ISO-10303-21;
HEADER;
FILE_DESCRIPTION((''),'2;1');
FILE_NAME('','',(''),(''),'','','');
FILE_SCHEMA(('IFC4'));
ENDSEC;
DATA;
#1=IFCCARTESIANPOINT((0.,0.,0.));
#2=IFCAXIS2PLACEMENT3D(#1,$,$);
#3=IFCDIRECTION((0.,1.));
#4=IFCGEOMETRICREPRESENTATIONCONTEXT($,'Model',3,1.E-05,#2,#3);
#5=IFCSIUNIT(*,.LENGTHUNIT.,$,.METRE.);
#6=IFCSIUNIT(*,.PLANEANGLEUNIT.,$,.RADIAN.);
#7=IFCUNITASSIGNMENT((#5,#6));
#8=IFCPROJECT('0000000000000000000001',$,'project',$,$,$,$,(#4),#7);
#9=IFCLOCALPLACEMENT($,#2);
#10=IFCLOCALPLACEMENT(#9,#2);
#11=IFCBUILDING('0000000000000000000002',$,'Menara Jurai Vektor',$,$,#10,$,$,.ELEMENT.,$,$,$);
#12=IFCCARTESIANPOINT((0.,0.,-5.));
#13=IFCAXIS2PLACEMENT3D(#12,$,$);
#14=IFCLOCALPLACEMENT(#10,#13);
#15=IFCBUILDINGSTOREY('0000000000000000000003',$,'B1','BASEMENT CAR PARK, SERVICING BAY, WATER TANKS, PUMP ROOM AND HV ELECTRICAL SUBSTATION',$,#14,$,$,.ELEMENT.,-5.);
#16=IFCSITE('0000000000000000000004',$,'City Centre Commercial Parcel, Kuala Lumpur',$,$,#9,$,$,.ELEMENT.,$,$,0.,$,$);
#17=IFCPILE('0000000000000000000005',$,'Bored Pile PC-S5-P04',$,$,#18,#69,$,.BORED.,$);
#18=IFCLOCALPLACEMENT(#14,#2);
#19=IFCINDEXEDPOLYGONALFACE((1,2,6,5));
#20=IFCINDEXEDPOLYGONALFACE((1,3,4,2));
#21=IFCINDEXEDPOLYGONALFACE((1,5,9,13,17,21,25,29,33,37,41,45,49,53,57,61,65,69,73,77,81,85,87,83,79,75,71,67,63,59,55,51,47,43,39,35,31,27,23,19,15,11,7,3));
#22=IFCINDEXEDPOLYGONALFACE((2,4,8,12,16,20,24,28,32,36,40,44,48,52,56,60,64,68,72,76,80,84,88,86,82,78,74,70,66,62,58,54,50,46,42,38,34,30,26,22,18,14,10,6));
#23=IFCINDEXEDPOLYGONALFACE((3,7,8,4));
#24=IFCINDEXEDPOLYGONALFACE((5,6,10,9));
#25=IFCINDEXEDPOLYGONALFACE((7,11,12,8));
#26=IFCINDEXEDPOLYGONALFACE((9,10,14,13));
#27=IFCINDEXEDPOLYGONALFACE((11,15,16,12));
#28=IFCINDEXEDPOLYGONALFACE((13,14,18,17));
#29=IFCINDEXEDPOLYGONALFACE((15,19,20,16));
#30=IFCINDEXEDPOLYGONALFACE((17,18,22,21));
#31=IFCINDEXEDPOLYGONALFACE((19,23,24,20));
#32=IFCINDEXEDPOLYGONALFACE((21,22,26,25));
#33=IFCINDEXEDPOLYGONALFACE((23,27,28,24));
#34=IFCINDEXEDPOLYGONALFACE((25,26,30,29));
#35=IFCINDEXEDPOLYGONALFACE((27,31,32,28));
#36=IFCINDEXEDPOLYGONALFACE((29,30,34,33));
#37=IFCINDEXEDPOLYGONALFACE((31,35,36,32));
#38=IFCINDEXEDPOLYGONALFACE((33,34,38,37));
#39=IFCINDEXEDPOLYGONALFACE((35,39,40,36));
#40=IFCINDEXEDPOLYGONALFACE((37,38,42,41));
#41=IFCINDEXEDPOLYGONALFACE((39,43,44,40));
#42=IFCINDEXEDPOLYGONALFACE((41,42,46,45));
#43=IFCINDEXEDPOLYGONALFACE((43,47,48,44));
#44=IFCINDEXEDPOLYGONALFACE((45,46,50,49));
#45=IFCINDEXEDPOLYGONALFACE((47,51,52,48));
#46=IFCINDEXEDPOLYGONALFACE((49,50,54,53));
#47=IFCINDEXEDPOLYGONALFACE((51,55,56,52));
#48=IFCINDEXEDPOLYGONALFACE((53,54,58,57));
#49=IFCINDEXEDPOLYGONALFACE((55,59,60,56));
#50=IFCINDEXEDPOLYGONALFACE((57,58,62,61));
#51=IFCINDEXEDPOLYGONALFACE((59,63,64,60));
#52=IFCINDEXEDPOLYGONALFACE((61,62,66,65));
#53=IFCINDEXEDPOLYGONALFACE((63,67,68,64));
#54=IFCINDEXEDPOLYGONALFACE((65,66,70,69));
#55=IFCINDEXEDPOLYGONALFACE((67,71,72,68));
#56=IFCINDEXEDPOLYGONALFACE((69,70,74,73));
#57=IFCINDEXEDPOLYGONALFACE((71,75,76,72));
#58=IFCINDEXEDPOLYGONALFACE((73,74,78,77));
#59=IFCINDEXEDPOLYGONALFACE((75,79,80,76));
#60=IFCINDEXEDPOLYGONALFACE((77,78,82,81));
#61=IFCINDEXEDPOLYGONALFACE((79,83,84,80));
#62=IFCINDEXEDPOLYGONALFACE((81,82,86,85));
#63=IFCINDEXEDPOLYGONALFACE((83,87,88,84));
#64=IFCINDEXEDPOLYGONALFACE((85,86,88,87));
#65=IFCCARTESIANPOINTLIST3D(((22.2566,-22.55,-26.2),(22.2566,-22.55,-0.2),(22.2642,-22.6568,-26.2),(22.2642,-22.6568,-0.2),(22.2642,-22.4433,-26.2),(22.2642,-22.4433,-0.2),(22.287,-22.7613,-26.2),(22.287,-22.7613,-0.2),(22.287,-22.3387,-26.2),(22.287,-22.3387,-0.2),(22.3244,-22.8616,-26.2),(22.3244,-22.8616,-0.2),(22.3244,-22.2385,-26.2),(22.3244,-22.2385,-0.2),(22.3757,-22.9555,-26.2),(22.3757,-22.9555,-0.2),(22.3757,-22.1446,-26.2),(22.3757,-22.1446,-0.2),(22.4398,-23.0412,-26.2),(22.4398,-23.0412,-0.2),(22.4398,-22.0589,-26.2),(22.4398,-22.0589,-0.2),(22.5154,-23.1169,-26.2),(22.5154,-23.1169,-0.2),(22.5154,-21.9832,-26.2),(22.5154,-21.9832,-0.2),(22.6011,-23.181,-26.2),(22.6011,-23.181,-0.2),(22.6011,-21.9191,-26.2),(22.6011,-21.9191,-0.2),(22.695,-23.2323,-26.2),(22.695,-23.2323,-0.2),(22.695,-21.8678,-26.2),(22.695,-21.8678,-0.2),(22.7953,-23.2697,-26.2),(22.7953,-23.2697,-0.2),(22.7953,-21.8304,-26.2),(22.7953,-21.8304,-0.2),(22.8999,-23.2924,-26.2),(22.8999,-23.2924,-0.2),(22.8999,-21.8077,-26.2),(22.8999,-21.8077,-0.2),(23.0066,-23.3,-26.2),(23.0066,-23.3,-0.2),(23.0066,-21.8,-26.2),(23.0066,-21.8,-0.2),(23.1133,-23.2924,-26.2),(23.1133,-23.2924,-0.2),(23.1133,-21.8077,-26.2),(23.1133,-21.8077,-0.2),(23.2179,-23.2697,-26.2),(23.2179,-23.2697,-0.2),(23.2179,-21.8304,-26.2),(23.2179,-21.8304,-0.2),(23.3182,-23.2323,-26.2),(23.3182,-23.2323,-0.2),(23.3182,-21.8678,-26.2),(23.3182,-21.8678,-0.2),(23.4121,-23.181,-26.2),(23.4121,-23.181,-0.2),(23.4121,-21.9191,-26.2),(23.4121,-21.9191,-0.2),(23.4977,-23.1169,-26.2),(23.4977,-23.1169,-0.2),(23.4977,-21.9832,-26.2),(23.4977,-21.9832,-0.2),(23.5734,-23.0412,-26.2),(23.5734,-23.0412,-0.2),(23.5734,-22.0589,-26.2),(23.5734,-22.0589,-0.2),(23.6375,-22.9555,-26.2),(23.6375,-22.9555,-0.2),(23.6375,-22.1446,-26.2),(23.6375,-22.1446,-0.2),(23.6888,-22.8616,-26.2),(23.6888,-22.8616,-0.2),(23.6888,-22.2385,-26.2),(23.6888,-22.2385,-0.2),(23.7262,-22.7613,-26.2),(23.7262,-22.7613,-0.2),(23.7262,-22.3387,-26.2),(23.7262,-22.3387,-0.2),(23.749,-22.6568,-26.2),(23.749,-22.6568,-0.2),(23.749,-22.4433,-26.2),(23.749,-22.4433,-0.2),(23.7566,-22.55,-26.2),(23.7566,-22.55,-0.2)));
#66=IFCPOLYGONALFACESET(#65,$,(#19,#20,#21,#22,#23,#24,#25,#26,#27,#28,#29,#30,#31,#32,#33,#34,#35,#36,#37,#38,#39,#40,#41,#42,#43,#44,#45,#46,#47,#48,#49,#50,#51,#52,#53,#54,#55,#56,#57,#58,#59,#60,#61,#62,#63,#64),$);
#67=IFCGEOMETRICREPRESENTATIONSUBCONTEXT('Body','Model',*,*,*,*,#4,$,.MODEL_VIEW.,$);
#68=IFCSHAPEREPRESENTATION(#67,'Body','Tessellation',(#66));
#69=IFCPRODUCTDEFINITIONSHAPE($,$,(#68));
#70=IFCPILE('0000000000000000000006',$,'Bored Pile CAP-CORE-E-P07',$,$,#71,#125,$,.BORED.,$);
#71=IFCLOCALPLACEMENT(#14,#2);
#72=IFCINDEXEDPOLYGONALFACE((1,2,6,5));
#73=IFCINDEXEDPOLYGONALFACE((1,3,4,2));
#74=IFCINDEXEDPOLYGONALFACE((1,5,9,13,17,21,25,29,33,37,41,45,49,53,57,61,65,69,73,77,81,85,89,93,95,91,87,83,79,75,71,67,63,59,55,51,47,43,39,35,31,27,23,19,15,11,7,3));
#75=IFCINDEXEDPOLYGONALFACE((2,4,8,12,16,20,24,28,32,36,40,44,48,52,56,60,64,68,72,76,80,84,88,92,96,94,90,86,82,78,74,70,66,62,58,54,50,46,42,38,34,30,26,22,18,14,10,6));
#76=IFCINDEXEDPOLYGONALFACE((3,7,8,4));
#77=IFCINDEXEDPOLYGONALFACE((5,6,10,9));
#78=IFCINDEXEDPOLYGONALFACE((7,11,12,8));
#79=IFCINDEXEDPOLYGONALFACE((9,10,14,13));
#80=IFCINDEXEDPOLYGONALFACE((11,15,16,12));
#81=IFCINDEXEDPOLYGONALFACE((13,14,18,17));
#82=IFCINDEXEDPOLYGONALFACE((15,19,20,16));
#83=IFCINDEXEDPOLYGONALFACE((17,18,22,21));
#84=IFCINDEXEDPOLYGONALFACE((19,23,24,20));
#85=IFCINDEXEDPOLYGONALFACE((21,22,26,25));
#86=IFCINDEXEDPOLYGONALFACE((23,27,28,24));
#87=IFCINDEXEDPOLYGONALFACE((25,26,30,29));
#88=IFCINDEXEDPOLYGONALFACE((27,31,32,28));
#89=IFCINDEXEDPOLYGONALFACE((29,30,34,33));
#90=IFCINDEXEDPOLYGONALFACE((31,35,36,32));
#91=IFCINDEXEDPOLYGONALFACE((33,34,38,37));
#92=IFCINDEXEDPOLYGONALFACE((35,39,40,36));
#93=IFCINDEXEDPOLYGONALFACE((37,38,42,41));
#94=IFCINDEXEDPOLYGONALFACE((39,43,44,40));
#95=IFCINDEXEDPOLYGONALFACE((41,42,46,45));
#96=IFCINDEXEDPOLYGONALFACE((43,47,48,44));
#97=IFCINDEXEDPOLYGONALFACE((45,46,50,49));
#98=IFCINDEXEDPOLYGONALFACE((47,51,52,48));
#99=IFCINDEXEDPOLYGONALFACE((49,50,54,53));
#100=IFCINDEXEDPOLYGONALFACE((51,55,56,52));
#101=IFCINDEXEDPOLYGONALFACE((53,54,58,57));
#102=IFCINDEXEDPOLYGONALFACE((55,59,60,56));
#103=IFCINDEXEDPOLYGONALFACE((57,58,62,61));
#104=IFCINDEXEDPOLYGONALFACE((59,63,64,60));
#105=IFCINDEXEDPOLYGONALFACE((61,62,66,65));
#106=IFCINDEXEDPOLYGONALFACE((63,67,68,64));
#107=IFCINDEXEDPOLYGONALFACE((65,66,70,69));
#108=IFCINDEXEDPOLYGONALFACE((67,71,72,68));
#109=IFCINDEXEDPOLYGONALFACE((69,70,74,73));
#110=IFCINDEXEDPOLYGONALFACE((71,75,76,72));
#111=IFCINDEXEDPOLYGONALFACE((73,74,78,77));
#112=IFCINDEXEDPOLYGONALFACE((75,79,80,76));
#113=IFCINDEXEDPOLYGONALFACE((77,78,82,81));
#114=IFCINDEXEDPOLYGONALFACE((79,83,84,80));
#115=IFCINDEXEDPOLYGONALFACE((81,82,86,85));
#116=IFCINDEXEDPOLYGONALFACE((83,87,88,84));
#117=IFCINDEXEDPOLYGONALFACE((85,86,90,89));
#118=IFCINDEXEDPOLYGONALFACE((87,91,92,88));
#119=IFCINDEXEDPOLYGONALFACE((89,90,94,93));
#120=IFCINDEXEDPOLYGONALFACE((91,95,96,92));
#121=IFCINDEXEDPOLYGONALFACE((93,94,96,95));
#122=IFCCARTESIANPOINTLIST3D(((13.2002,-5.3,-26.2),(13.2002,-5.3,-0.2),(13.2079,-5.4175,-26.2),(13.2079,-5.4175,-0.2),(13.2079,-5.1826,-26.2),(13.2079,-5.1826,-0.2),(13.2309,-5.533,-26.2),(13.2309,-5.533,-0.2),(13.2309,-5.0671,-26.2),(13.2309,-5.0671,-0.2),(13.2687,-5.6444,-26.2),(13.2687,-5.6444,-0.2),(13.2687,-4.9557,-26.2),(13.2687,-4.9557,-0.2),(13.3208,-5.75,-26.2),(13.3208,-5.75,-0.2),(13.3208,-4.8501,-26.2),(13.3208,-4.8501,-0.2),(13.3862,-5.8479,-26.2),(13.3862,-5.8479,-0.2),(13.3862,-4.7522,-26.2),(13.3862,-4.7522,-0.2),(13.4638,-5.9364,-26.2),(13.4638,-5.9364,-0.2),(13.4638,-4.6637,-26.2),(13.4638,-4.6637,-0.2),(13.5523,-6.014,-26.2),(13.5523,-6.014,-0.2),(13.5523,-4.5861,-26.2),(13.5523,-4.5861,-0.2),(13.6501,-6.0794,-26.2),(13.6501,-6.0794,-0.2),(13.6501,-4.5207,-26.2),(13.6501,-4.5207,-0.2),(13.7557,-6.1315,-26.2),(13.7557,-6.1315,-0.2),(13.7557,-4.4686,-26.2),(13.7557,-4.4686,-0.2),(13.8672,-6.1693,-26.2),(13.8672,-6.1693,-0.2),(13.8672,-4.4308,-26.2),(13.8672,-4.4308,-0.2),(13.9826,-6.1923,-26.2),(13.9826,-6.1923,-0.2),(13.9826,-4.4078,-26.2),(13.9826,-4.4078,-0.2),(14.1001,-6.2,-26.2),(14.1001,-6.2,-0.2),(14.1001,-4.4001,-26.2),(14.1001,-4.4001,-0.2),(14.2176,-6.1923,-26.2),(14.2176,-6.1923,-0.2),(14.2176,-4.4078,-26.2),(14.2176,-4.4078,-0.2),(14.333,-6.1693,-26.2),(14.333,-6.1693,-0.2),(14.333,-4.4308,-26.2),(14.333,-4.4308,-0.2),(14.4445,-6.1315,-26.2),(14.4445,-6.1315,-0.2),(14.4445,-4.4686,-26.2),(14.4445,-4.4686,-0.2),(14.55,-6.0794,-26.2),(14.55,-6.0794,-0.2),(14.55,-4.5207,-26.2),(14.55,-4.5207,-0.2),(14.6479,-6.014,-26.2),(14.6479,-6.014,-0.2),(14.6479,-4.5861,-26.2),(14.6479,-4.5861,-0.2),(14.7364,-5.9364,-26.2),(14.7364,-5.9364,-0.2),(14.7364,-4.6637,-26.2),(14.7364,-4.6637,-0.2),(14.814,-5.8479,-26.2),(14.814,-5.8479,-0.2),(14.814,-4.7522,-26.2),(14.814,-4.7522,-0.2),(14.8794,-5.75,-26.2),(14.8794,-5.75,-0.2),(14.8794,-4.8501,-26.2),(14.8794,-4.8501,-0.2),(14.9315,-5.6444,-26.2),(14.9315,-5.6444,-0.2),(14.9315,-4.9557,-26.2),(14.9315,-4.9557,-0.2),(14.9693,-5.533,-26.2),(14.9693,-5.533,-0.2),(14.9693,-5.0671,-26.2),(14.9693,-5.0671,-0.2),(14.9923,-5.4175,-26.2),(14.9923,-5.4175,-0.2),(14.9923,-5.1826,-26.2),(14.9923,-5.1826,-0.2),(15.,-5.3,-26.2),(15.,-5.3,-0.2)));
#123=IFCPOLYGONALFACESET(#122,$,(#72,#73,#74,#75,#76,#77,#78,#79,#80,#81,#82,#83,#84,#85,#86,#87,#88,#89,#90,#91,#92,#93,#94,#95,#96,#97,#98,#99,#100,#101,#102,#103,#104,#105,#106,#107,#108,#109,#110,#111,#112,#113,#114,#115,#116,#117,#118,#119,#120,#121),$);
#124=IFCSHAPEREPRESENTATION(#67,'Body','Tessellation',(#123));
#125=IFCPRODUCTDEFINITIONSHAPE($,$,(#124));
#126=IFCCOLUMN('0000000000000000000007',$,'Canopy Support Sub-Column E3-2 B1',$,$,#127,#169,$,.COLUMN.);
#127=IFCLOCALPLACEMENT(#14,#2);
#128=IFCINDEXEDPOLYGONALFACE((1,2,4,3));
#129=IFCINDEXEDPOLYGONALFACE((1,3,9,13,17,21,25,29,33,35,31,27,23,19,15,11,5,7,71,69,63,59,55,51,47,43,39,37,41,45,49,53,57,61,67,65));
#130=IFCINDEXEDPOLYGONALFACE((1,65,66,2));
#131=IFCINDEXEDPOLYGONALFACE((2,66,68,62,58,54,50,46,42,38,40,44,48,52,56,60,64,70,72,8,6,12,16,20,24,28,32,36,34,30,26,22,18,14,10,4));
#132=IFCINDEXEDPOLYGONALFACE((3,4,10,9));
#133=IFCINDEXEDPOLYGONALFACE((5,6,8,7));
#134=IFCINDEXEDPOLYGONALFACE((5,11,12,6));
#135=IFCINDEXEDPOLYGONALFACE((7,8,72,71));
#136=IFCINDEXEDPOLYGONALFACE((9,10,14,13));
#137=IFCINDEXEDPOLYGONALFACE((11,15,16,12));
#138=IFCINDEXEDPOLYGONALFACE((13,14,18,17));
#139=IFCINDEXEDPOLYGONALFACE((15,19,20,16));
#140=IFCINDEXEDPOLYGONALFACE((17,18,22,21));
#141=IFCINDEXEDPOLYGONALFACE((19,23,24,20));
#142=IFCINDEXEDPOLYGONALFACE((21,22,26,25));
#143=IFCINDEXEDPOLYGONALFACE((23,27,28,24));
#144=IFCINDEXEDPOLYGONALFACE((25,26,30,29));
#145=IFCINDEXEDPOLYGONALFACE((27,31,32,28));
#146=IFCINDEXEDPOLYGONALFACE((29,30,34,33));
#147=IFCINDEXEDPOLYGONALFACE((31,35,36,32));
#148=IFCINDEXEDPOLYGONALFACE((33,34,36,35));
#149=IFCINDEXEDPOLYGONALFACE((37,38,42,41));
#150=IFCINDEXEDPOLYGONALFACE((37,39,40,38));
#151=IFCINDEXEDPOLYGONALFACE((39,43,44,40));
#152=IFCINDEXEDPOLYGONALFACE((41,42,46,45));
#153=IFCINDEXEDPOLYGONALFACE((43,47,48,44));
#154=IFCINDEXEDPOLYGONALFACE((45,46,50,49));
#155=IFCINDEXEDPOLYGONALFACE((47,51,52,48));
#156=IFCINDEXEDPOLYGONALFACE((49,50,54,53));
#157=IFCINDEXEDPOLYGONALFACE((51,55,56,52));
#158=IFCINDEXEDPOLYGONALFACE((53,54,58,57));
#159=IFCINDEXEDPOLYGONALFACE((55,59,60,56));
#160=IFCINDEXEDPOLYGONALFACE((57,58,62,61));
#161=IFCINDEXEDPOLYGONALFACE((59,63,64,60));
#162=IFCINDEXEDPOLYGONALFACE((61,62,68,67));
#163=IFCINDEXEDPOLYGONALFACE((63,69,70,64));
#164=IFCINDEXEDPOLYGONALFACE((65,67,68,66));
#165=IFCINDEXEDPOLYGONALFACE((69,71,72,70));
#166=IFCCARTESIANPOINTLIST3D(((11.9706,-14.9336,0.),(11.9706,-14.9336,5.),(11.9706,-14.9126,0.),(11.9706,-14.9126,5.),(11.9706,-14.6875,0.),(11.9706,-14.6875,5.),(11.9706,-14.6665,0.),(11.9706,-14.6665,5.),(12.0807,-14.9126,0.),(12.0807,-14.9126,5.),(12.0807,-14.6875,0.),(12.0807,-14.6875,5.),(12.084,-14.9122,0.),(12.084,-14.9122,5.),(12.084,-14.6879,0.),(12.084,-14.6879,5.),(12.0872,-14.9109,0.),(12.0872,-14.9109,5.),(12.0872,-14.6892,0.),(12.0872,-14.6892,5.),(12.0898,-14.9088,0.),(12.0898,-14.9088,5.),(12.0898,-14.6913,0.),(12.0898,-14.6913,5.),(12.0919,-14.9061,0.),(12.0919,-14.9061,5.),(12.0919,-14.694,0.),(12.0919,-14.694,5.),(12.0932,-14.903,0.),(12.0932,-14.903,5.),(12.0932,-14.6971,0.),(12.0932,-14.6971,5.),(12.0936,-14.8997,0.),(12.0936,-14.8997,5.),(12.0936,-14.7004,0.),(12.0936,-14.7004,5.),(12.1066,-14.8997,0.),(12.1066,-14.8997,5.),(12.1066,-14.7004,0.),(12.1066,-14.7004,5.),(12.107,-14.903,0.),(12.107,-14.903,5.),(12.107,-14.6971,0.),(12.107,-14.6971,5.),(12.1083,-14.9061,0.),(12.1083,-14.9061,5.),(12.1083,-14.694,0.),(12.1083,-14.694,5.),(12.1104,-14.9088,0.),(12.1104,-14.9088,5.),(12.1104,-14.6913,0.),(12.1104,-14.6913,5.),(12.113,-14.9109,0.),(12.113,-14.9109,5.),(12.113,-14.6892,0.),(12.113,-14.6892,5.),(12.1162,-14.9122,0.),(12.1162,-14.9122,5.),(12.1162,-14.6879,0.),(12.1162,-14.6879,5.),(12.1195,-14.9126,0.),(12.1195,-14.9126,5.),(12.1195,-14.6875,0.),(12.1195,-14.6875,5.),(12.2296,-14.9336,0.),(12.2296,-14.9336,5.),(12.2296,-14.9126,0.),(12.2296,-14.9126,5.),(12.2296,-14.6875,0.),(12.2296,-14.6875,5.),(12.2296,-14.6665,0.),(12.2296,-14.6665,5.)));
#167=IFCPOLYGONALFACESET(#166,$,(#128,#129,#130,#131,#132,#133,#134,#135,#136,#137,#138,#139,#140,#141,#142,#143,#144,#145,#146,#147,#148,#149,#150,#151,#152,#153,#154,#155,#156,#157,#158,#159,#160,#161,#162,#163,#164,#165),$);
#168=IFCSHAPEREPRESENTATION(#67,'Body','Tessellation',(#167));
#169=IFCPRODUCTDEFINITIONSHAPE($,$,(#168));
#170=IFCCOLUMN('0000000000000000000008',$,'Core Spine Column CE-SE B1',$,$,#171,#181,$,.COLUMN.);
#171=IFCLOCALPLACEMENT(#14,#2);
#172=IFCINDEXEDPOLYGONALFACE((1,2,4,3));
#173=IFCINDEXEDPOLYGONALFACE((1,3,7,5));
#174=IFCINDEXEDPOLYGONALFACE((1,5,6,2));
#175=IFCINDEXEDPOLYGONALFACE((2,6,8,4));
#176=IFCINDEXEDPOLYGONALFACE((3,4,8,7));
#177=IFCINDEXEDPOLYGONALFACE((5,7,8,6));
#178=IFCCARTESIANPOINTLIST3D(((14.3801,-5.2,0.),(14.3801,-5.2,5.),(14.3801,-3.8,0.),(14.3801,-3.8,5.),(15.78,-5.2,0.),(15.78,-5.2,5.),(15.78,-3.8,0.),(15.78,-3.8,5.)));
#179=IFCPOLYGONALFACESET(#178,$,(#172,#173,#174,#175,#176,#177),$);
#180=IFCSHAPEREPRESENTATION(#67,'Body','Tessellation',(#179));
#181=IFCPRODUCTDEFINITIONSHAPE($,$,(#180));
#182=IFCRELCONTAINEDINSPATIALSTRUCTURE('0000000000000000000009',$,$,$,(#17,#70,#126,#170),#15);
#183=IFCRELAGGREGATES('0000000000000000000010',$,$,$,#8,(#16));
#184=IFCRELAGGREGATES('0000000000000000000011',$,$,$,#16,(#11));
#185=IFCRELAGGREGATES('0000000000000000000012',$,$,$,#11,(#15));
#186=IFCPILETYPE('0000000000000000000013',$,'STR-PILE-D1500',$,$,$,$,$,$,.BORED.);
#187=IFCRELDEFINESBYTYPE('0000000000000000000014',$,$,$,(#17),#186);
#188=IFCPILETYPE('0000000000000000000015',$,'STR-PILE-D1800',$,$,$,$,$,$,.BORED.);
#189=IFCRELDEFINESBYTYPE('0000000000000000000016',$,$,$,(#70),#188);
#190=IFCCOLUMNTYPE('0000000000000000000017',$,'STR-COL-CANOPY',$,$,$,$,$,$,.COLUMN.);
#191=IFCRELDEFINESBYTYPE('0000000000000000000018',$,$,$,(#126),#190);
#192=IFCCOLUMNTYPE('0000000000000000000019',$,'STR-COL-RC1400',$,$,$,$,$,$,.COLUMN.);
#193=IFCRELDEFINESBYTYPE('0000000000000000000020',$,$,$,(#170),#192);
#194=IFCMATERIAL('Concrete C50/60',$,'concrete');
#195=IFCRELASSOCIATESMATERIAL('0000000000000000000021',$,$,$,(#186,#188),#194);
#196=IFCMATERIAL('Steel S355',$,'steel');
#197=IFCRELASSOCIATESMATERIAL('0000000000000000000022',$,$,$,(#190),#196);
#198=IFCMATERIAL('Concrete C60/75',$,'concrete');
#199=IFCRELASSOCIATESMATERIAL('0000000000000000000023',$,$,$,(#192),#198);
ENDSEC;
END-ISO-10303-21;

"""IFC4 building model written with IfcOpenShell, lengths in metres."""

from ifc_helpers import new_model, si_unit, direction, frame, origin, origin_2d, place, context, subcontext, project, spatial, rectangle, circle, i_section, extrude, material, material_profile, profile_set, type_object, element, save


model = new_model("IFC4")

# Units and contexts
model_context = context("Model", 3, precision=1e-05, world=origin(), true_north=direction((0.0, 1.0)))
body_context = subcontext(model_context, "Body", "Model", "MODEL_VIEW")
ifc_project = project(units=[si_unit("LENGTHUNIT", "METRE"), si_unit("PLANEANGLEUNIT", "RADIAN")], contexts=[model_context])

# Site, building, storey
site_placement = place(None, origin())
site = spatial("IfcSite", under=ifc_project, at=site_placement, Name="City Centre Commercial Parcel, Kuala Lumpur", CompositionType="ELEMENT", RefElevation=0.0)
building_placement = place(site_placement, origin())
building = spatial("IfcBuilding", under=site, at=building_placement, Name="Menara Jurai Vektor", CompositionType="ELEMENT")
storey_placement = place(building_placement, frame((0.0, 0.0, -5.0)))
storey = spatial("IfcBuildingStorey", under=building, at=storey_placement, Name="B1", Description="BASEMENT CAR PARK, SERVICING BAY, WATER TANKS, PUMP ROOM AND HV ELECTRICAL SUBSTATION", CompositionType="ELEMENT", Elevation=-5.0)

# Shared definitions
ifc_material_1 = material(Name="Concrete C50/60", Category="concrete")

# Piles
ifc_material_profile_1 = material_profile(ifc_material_1, circle(Radius=0.75, at=origin_2d()), Name="PILE D1500")
ifc_profile_set_1 = profile_set([ifc_material_profile_1], Name="Concrete C50/60")
pile_type_1 = type_object("IfcPileType", Name="STR-PILE-D1500", PredefinedType="BORED", material=ifc_profile_set_1)
for number, where, z_axis, x_axis, name in (
    (1, (23.0066, -22.55, -0.2), (0.0, 0.0, -1.0), (1.0, 0.0, 0.0), "Bored Pile PC-S5-P04"),
):
    element("IfcPile", number, at=place(storey_placement, frame(where, z_axis=z_axis, x_axis=x_axis)), inside=storey, type_object=pile_type_1, Name=name, PredefinedType="BORED", context=body_context, shape_type="SweptSolid", body=[
        extrude(circle(Radius=0.75, at=origin_2d()), origin(), (0.0, 0.0, 1.0), 26.0),
    ])
ifc_material_profile_2 = material_profile(ifc_material_1, circle(Radius=0.8999, at=origin_2d()), Name="PILE D1800")
ifc_profile_set_2 = profile_set([ifc_material_profile_2], Name="Concrete C50/60")
pile_type_2 = type_object("IfcPileType", Name="STR-PILE-D1800", PredefinedType="BORED", material=ifc_profile_set_2)
pile_placement = place(storey_placement, frame((14.1001, -5.3, -0.2), z_axis=(0.0, 0.0, -1.0), x_axis=(1.0, 0.0, 0.0)))
element("IfcPile", 2, at=pile_placement, inside=storey, type_object=pile_type_2, Name="Bored Pile CAP-CORE-E-P07", PredefinedType="BORED", context=body_context, shape_type="SweptSolid", body=[
    extrude(circle(Radius=0.8999, at=origin_2d()), origin(), (0.0, 0.0, 1.0), 26.0),
])

# Columns
ifc_material_2 = material(Name="Steel S355", Category="steel")
ifc_material_profile_3 = material_profile(ifc_material_2, i_section(OverallWidth=0.259, OverallDepth=0.2671, WebThickness=0.0129, FlangeThickness=0.021, FilletRadius=0.0129, at=origin_2d()), Name="UKC 254x254x107")
ifc_profile_set_3 = profile_set([ifc_material_profile_3], Name="Steel S355")
column_type_1 = type_object("IfcColumnType", Name="STR-COL-CANOPY", PredefinedType="COLUMN", material=ifc_profile_set_3)
column_1_placement = place(storey_placement, frame((12.1001, -14.8, 0.0), z_axis=(0.0, 0.0, 1.0), x_axis=(1.0, 0.0, 0.0)))
element("IfcColumn", 3, at=column_1_placement, inside=storey, type_object=column_type_1, Name="Canopy Support Sub-Column E3-2 B1", PredefinedType="COLUMN", context=body_context, shape_type="SweptSolid", body=[
    extrude(i_section(OverallWidth=0.259, OverallDepth=0.2671, WebThickness=0.0129, FlangeThickness=0.021, FilletRadius=0.0129, at=origin_2d()), origin(), (0.0, 0.0, 1.0), 5.0),
])
ifc_material_3 = material(Name="Concrete C60/75", Category="concrete")
ifc_material_profile_4 = material_profile(ifc_material_3, rectangle(XDim=1.3999, YDim=1.3999, at=origin_2d()), Name="RC 1400x1400")
ifc_profile_set_4 = profile_set([ifc_material_profile_4], Name="Concrete C60/75")
column_type_2 = type_object("IfcColumnType", Name="STR-COL-RC1400", PredefinedType="COLUMN", material=ifc_profile_set_4)
column_2_placement = place(storey_placement, frame((15.0801, -4.5, 0.0), z_axis=(0.0, 0.0, 1.0), x_axis=(1.0, 0.0, 0.0)))
element("IfcColumn", 4, at=column_2_placement, inside=storey, type_object=column_type_2, Name="Core Spine Column CE-SE B1", PredefinedType="COLUMN", context=body_context, shape_type="SweptSolid", body=[
    extrude(rectangle(XDim=1.3999, YDim=1.3999, at=origin_2d()), origin(), (0.0, 0.0, 1.0), 5.0),
])

save(model, "model.ifc")
